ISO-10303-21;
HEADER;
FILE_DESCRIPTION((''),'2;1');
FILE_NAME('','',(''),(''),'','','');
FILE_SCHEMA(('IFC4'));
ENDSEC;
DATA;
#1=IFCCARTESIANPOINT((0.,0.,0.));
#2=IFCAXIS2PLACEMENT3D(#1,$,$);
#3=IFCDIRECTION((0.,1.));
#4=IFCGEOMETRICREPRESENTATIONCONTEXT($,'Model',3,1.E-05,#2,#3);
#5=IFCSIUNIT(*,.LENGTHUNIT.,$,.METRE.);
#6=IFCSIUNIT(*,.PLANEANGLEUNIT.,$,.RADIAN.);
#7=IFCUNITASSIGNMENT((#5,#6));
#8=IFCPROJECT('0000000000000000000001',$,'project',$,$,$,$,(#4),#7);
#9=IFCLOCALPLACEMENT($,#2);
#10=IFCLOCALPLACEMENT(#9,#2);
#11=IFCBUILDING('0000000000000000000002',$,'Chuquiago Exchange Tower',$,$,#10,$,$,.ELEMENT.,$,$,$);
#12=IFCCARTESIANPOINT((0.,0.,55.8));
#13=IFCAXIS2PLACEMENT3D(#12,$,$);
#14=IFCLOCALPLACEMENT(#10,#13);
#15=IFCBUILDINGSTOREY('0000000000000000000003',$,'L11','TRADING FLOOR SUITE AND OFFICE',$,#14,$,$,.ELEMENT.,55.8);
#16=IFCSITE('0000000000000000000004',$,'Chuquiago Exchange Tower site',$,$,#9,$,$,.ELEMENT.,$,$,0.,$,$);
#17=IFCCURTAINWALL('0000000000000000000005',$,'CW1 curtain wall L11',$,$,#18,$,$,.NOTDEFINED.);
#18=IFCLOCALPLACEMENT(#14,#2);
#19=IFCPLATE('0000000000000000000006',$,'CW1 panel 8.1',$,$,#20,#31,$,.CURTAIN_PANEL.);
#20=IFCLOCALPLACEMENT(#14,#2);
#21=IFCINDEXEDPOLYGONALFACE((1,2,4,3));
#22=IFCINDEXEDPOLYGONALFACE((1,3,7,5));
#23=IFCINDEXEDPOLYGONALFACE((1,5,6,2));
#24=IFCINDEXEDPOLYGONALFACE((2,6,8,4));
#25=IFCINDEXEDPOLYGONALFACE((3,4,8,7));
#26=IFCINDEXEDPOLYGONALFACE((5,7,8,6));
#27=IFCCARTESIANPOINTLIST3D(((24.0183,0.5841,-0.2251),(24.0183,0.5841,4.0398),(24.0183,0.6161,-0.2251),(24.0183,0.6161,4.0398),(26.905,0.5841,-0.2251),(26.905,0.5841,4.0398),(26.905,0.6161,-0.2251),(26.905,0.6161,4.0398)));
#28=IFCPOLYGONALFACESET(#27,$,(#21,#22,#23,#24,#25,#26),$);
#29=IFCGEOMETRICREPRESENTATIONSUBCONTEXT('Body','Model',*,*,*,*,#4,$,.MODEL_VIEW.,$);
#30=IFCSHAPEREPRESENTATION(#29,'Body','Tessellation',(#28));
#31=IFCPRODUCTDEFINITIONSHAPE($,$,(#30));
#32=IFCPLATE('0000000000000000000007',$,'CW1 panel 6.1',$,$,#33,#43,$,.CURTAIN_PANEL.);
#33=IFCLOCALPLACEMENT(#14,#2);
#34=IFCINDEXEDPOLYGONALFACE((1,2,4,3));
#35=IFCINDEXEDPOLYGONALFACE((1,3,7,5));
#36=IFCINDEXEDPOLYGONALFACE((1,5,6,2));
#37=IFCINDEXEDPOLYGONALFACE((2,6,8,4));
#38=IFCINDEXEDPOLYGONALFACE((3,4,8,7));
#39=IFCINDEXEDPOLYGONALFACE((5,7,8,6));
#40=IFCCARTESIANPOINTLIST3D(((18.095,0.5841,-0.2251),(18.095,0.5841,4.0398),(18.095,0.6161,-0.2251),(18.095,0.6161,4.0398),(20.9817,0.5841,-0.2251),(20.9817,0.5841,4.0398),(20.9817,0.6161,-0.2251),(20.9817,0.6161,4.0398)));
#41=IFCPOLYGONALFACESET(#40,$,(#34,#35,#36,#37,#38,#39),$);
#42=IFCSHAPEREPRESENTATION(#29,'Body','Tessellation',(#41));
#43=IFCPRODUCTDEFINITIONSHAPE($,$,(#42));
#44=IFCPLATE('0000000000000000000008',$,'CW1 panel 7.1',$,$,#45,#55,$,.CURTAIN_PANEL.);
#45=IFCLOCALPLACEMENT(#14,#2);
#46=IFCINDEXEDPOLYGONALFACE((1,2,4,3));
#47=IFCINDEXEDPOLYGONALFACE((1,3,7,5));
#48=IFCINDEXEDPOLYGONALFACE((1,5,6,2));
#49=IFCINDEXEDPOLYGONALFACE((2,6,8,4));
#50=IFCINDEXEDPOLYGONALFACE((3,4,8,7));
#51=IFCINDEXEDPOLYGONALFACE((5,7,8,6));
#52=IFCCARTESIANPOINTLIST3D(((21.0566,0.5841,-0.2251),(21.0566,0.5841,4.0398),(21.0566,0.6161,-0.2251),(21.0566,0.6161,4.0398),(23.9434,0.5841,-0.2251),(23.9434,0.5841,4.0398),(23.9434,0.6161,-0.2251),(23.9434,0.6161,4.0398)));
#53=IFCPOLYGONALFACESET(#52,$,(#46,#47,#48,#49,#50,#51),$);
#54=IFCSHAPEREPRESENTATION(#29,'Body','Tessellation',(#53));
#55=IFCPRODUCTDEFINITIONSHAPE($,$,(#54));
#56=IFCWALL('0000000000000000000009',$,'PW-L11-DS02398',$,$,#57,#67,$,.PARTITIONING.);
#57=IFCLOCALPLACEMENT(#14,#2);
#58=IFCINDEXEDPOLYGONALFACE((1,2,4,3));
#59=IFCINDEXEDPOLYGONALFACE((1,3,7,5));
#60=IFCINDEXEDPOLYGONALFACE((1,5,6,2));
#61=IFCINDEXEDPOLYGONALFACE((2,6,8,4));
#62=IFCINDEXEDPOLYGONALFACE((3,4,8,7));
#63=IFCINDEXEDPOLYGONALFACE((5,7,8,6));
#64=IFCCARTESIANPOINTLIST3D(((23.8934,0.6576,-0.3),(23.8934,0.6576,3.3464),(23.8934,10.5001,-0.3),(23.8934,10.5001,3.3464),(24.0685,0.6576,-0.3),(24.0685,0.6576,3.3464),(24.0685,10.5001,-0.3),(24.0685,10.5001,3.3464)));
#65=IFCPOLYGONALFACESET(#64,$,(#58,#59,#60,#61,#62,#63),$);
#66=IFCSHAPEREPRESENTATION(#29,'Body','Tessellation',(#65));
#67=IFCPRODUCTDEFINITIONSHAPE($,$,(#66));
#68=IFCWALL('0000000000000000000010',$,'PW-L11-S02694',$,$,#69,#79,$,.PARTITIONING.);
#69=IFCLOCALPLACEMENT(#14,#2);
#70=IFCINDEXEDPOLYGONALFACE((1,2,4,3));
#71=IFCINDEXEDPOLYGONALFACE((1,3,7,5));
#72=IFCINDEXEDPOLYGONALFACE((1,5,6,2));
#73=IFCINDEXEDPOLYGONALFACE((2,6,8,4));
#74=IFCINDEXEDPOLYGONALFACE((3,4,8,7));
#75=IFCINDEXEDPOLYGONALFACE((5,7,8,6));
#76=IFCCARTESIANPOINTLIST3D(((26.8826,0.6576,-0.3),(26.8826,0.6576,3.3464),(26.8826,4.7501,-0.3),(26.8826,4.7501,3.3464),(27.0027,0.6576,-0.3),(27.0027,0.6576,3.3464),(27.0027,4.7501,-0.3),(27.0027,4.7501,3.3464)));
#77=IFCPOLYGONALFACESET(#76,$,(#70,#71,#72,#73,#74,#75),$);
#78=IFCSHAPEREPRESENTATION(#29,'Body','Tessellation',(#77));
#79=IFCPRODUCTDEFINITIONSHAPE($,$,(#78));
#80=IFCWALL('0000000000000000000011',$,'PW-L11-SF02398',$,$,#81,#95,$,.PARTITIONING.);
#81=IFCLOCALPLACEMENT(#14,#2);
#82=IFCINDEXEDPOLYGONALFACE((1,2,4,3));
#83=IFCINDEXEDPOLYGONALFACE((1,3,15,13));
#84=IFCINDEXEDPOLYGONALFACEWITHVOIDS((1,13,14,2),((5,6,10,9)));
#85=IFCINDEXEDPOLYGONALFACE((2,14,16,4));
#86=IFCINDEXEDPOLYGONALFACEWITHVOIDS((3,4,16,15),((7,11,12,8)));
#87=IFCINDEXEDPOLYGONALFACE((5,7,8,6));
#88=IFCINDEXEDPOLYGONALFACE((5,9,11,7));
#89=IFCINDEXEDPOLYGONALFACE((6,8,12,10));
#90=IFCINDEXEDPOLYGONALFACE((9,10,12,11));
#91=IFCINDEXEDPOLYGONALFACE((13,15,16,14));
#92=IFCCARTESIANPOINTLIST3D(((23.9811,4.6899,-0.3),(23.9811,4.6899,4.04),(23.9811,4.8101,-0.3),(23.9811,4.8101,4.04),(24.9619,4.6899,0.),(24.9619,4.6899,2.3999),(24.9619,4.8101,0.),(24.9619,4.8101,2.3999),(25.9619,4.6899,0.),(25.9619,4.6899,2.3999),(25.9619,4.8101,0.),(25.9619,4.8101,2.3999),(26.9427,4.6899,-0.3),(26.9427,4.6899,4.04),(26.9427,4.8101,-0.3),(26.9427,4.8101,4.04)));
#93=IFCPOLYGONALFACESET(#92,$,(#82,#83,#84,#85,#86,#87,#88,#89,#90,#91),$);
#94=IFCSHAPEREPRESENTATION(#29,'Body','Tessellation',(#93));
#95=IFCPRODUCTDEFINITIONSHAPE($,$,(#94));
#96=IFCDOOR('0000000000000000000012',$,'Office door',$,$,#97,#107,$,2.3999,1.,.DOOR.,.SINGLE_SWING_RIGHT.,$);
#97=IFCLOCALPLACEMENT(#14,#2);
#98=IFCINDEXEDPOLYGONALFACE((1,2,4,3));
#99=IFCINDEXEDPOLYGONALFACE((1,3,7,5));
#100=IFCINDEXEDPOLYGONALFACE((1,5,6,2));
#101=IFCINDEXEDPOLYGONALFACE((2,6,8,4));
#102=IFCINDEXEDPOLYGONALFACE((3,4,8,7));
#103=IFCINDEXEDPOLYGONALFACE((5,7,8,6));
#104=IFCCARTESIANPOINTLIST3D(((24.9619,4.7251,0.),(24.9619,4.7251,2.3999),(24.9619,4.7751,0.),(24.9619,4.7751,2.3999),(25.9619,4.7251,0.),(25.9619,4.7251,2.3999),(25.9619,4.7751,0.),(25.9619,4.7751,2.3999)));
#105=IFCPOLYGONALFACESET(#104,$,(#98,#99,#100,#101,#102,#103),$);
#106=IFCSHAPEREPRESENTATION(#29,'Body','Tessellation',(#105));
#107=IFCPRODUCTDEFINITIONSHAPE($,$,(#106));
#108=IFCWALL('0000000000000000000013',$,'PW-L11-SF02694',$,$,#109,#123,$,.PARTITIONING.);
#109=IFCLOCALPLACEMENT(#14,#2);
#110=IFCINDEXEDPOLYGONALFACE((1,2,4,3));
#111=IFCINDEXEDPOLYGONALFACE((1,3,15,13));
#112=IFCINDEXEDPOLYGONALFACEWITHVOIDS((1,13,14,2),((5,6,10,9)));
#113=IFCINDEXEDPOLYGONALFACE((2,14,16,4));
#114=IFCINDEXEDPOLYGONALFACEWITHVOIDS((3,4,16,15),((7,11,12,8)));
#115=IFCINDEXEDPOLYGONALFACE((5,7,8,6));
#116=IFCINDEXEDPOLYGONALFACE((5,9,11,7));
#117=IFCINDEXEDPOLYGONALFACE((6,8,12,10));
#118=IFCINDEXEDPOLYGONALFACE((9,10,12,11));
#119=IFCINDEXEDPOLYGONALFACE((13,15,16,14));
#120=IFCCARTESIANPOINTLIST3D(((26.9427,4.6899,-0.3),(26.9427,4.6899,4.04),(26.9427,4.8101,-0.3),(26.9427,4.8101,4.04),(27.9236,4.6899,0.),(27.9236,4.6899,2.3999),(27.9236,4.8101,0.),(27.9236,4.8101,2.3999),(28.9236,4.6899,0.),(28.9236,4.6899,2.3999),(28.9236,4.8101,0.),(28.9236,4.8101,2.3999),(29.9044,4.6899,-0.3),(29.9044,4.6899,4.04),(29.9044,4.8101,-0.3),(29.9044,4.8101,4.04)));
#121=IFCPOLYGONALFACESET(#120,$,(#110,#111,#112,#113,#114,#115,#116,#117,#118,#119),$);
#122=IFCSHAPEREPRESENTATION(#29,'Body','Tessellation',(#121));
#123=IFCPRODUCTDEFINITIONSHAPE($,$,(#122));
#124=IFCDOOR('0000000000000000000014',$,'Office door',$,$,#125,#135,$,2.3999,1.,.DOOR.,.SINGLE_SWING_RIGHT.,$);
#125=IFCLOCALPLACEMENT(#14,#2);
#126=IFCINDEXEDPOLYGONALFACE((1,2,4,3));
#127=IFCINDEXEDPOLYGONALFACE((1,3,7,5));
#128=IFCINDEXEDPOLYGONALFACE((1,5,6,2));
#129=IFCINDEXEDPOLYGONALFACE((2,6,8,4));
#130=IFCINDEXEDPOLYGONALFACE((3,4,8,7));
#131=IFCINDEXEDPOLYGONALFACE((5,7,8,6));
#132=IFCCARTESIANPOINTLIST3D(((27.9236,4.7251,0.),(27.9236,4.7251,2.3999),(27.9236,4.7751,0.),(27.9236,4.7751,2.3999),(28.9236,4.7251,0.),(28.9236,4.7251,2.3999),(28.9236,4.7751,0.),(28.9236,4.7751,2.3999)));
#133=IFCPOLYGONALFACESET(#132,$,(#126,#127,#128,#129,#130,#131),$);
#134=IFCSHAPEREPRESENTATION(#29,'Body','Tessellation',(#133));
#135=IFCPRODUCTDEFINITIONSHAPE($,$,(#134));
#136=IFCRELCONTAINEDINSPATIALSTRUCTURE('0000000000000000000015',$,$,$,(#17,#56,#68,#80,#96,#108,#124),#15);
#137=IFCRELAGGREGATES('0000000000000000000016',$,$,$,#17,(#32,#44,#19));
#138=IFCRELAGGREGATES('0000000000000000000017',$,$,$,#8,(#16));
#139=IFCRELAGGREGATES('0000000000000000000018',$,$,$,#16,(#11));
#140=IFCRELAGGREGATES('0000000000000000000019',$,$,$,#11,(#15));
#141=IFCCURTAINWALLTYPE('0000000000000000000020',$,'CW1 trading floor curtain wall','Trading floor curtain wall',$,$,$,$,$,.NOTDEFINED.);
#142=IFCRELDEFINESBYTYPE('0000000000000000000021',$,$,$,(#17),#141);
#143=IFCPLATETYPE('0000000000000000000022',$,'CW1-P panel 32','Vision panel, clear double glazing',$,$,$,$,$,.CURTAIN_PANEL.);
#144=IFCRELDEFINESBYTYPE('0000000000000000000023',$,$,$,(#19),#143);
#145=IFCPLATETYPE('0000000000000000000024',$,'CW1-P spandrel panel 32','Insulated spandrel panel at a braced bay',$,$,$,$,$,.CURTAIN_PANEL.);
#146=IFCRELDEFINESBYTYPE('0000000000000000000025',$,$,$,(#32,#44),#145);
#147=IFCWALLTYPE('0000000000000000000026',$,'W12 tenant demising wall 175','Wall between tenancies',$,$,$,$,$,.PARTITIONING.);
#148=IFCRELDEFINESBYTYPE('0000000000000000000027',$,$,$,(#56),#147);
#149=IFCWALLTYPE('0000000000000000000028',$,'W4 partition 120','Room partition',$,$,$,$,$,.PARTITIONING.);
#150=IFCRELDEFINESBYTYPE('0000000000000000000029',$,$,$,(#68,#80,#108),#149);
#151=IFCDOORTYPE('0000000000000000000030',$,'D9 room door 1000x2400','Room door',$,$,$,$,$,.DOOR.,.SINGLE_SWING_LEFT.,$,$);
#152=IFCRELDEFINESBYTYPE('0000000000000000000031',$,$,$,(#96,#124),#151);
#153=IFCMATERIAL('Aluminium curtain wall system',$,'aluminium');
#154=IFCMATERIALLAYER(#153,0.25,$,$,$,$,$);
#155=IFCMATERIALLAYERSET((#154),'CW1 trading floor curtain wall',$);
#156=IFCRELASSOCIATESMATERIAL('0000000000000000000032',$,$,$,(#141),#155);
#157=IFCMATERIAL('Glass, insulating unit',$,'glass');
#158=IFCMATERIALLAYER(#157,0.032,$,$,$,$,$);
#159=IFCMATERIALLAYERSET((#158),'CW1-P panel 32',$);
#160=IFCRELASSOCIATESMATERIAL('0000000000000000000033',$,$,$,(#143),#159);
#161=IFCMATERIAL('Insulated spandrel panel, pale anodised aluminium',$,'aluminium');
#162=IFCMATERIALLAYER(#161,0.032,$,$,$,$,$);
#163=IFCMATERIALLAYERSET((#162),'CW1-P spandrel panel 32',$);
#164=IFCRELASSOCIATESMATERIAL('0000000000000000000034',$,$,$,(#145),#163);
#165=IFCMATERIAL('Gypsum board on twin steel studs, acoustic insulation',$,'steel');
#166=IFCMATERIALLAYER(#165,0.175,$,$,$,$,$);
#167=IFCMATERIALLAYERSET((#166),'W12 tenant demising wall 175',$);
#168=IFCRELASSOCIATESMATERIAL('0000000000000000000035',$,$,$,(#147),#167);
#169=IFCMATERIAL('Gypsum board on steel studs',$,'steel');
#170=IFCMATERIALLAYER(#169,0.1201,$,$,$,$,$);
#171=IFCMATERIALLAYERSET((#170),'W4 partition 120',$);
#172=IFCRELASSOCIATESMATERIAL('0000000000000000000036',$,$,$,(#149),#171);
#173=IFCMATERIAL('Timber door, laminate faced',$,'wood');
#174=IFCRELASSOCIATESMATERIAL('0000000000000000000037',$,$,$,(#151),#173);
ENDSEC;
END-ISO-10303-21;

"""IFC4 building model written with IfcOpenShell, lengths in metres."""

from ifc_helpers import new_model, si_unit, direction, frame, frame_2d, origin, origin_2d, place, context, subcontext, project, spatial, rectangle, extrude, material, layer, layer_set, type_object, element, fill, aggregate, save


model = new_model("IFC4")

# Units and contexts
model_context = context("Model", 3, precision=1e-05, world=origin(), true_north=direction((0.0, 1.0)))
body_context = subcontext(model_context, "Body", "Model", "MODEL_VIEW")
ifc_project = project(units=[si_unit("LENGTHUNIT", "METRE"), si_unit("PLANEANGLEUNIT", "RADIAN")], contexts=[model_context])

# Site, building, storey
site_placement = place(None, origin())
site = spatial("IfcSite", under=ifc_project, at=site_placement, Name="Chuquiago Exchange Tower site", CompositionType="ELEMENT", RefElevation=0.0)
building_placement = place(site_placement, origin())
building = spatial("IfcBuilding", under=site, at=building_placement, Name="Chuquiago Exchange Tower", CompositionType="ELEMENT")
storey_placement = place(building_placement, frame((0.0, 0.0, 55.8)))
storey = spatial("IfcBuildingStorey", under=building, at=storey_placement, Name="L11", Description="TRADING FLOOR SUITE AND OFFICE", CompositionType="ELEMENT", Elevation=55.8)

# Curtain wall
ifc_material_1 = material(Name="Aluminium curtain wall system", Category="aluminium")
ifc_layer_1 = layer(ifc_material_1, 0.25)
ifc_layer_set_1 = layer_set([ifc_layer_1], Name="CW1 trading floor curtain wall")
curtain_wall_type = type_object("IfcCurtainWallType", Name="CW1 trading floor curtain wall", Description="Trading floor curtain wall", PredefinedType="NOTDEFINED", material=ifc_layer_set_1)
curtain_wall_placement = place(storey_placement, origin())
curtain_wall = element("IfcCurtainWall", 1, at=curtain_wall_placement, inside=storey, type_object=curtain_wall_type, Name="CW1 curtain wall L11", PredefinedType="NOTDEFINED")

# Plates
ifc_material_2 = material(Name="Glass, insulating unit", Category="glass")
ifc_layer_2 = layer(ifc_material_2, 0.032)
ifc_layer_set_2 = layer_set([ifc_layer_2], Name="CW1-P panel 32")
plate_type_1 = type_object("IfcPlateType", Name="CW1-P panel 32", Description="Vision panel, clear double glazing", PredefinedType="CURTAIN_PANEL", material=ifc_layer_set_2)
plate_1_placement = place(storey_placement, frame((25.4617, 0.6001, -0.2251), z_axis=(0.0, 0.0, 1.0), x_axis=(1.0, 0.0, 0.0)))
plate_1 = element("IfcPlate", 2, at=plate_1_placement, type_object=plate_type_1, Name="CW1 panel 8.1", PredefinedType="CURTAIN_PANEL", context=body_context, shape_type="SweptSolid", body=[
    extrude(rectangle(XDim=2.8867, YDim=0.032, at=origin_2d()), origin(), (0.0, 0.0, 1.0), 4.2649),
])
ifc_material_3 = material(Name="Insulated spandrel panel, pale anodised aluminium", Category="aluminium")
ifc_layer_3 = layer(ifc_material_3, 0.032)
ifc_layer_set_3 = layer_set([ifc_layer_3], Name="CW1-P spandrel panel 32")
plate_type_2 = type_object("IfcPlateType", Name="CW1-P spandrel panel 32", Description="Insulated spandrel panel at a braced bay", PredefinedType="CURTAIN_PANEL", material=ifc_layer_set_3)
plate_2_placement = place(storey_placement, frame((19.5383, 0.6001, -0.2251), z_axis=(0.0, 0.0, 1.0), x_axis=(1.0, 0.0, 0.0)))
plate_2 = element("IfcPlate", 3, at=plate_2_placement, type_object=plate_type_2, Name="CW1 panel 6.1", PredefinedType="CURTAIN_PANEL", context=body_context, shape_type="SweptSolid", body=[
    extrude(rectangle(XDim=2.8867, YDim=0.032, at=origin_2d()), origin(), (0.0, 0.0, 1.0), 4.2649),
])
plate_3_placement = place(storey_placement, frame((22.5, 0.6001, -0.2251), z_axis=(0.0, 0.0, 1.0), x_axis=(1.0, 0.0, 0.0)))
plate_3 = element("IfcPlate", 4, at=plate_3_placement, type_object=plate_type_2, Name="CW1 panel 7.1", PredefinedType="CURTAIN_PANEL", context=body_context, shape_type="SweptSolid", body=[
    extrude(rectangle(XDim=2.8867, YDim=0.032, at=origin_2d()), origin(), (0.0, 0.0, 1.0), 4.2649),
])
aggregate(curtain_wall, [plate_2, plate_3, plate_1])

# Walls
ifc_material_4 = material(Name="Gypsum board on twin steel studs, acoustic insulation", Category="steel")
ifc_layer_4 = layer(ifc_material_4, 0.175)
ifc_layer_set_4 = layer_set([ifc_layer_4], Name="W12 tenant demising wall 175")
wall_type_1 = type_object("IfcWallType", Name="W12 tenant demising wall 175", Description="Wall between tenancies", PredefinedType="PARTITIONING", material=ifc_layer_set_4)
wall_1_placement = place(storey_placement, frame((23.981, 0.6575, -0.3), z_axis=(0.0, 0.0, 1.0), x_axis=(0.0, 1.0, 0.0)))
element("IfcWall", 5, at=wall_1_placement, inside=storey, type_object=wall_type_1, Name="PW-L11-DS02398", PredefinedType="PARTITIONING", context=body_context, shape_type="SweptSolid", body=[
    extrude(rectangle(XDim=9.8425, YDim=0.175, at=frame_2d((4.9214, 0.0))), origin(), (0.0, 0.0, 1.0), 3.6465),
])
ifc_material_5 = material(Name="Gypsum board on steel studs", Category="steel")
ifc_layer_5 = layer(ifc_material_5, 0.1201)
ifc_layer_set_5 = layer_set([ifc_layer_5], Name="W4 partition 120")
wall_type_2 = type_object("IfcWallType", Name="W4 partition 120", Description="Room partition", PredefinedType="PARTITIONING", material=ifc_layer_set_5)
wall_2_placement = place(storey_placement, frame((26.9426, 0.6575, -0.3), z_axis=(0.0, 0.0, 1.0), x_axis=(0.0, 1.0, 0.0)))
element("IfcWall", 6, at=wall_2_placement, inside=storey, type_object=wall_type_2, Name="PW-L11-S02694", PredefinedType="PARTITIONING", context=body_context, shape_type="SweptSolid", body=[
    extrude(rectangle(XDim=4.0925, YDim=0.1201, at=frame_2d((2.0464, 0.0))), origin(), (0.0, 0.0, 1.0), 3.6465),
])

# Walls, openings, doors
wall_3_placement = place(storey_placement, frame((23.981, 4.75, -0.3), z_axis=(0.0, 0.0, 1.0), x_axis=(1.0, 0.0, 0.0)))
wall_3 = element("IfcWall", 7, at=wall_3_placement, inside=storey, type_object=wall_type_2, Name="PW-L11-SF02398", PredefinedType="PARTITIONING", context=body_context, shape_type="SweptSolid", body=[
    extrude(rectangle(XDim=2.9617, YDim=0.1201, at=frame_2d((1.481, 0.0))), origin(), (0.0, 0.0, 1.0), 4.3401),
])
opening_1_placement = place(wall_3_placement, frame((0.981, 0.0, 0.3)))
opening_1 = element("IfcOpeningElement", 8, at=opening_1_placement, cuts=wall_3, PredefinedType="OPENING", context=body_context, shape_type="SweptSolid", body=[
    extrude(rectangle(XDim=1.0, YDim=2.3999, at=frame_2d((0.5, 1.2))), frame((0.0, 0.0701, 0.0), z_axis=(0.0, -1.0, 0.0), x_axis=(1.0, 0.0, 0.0)), (0.0, 0.0, 1.0), 0.1401),
])
ifc_material_6 = material(Name="Timber door, laminate faced", Category="wood")
door_type = type_object("IfcDoorType", Name="D9 room door 1000x2400", Description="Room door", OperationType="SINGLE_SWING_LEFT", PredefinedType="DOOR", material=ifc_material_6)
door_1_placement = place(opening_1_placement, frame((1.0, 0.0, 0.0), z_axis=(0.0, 0.0, 1.0), x_axis=(-1.0, 0.0, 0.0)))
door_1 = element("IfcDoor", 9, at=door_1_placement, inside=storey, type_object=door_type, Name="Office door", OperationType="SINGLE_SWING_RIGHT", OverallHeight=2.3999, OverallWidth=1.0, PredefinedType="DOOR", context=body_context, shape_type="SweptSolid", body=[
    extrude(rectangle(XDim=1.0, YDim=2.3999, at=frame_2d((0.5, 1.2))), frame((0.0, 0.0249, 0.0), z_axis=(0.0, -1.0, 0.0), x_axis=(1.0, 0.0, 0.0)), (0.0, 0.0, 1.0), 0.05),
])
fill(opening_1, door_1)
wall_4_placement = place(storey_placement, frame((26.9426, 4.75, -0.3), z_axis=(0.0, 0.0, 1.0), x_axis=(1.0, 0.0, 0.0)))
wall_4 = element("IfcWall", 10, at=wall_4_placement, inside=storey, type_object=wall_type_2, Name="PW-L11-SF02694", PredefinedType="PARTITIONING", context=body_context, shape_type="SweptSolid", body=[
    extrude(rectangle(XDim=2.9617, YDim=0.1201, at=frame_2d((1.481, 0.0))), origin(), (0.0, 0.0, 1.0), 4.3401),
])
opening_2_placement = place(wall_4_placement, frame((0.981, 0.0, 0.3)))
opening_2 = element("IfcOpeningElement", 11, at=opening_2_placement, cuts=wall_4, PredefinedType="OPENING", context=body_context, shape_type="SweptSolid", body=[
    extrude(rectangle(XDim=1.0, YDim=2.3999, at=frame_2d((0.5, 1.2))), frame((0.0, 0.0701, 0.0), z_axis=(0.0, -1.0, 0.0), x_axis=(1.0, 0.0, 0.0)), (0.0, 0.0, 1.0), 0.1401),
])
door_2_placement = place(opening_2_placement, frame((1.0, 0.0, 0.0), z_axis=(0.0, 0.0, 1.0), x_axis=(-1.0, 0.0, 0.0)))
door_2 = element("IfcDoor", 12, at=door_2_placement, inside=storey, type_object=door_type, Name="Office door", OperationType="SINGLE_SWING_RIGHT", OverallHeight=2.3999, OverallWidth=1.0, PredefinedType="DOOR", context=body_context, shape_type="SweptSolid", body=[
    extrude(rectangle(XDim=1.0, YDim=2.3999, at=frame_2d((0.5, 1.2))), frame((0.0, 0.0249, 0.0), z_axis=(0.0, -1.0, 0.0), x_axis=(1.0, 0.0, 0.0)), (0.0, 0.0, 1.0), 0.05),
])
fill(opening_2, door_2)

save(model, "model.ifc")
